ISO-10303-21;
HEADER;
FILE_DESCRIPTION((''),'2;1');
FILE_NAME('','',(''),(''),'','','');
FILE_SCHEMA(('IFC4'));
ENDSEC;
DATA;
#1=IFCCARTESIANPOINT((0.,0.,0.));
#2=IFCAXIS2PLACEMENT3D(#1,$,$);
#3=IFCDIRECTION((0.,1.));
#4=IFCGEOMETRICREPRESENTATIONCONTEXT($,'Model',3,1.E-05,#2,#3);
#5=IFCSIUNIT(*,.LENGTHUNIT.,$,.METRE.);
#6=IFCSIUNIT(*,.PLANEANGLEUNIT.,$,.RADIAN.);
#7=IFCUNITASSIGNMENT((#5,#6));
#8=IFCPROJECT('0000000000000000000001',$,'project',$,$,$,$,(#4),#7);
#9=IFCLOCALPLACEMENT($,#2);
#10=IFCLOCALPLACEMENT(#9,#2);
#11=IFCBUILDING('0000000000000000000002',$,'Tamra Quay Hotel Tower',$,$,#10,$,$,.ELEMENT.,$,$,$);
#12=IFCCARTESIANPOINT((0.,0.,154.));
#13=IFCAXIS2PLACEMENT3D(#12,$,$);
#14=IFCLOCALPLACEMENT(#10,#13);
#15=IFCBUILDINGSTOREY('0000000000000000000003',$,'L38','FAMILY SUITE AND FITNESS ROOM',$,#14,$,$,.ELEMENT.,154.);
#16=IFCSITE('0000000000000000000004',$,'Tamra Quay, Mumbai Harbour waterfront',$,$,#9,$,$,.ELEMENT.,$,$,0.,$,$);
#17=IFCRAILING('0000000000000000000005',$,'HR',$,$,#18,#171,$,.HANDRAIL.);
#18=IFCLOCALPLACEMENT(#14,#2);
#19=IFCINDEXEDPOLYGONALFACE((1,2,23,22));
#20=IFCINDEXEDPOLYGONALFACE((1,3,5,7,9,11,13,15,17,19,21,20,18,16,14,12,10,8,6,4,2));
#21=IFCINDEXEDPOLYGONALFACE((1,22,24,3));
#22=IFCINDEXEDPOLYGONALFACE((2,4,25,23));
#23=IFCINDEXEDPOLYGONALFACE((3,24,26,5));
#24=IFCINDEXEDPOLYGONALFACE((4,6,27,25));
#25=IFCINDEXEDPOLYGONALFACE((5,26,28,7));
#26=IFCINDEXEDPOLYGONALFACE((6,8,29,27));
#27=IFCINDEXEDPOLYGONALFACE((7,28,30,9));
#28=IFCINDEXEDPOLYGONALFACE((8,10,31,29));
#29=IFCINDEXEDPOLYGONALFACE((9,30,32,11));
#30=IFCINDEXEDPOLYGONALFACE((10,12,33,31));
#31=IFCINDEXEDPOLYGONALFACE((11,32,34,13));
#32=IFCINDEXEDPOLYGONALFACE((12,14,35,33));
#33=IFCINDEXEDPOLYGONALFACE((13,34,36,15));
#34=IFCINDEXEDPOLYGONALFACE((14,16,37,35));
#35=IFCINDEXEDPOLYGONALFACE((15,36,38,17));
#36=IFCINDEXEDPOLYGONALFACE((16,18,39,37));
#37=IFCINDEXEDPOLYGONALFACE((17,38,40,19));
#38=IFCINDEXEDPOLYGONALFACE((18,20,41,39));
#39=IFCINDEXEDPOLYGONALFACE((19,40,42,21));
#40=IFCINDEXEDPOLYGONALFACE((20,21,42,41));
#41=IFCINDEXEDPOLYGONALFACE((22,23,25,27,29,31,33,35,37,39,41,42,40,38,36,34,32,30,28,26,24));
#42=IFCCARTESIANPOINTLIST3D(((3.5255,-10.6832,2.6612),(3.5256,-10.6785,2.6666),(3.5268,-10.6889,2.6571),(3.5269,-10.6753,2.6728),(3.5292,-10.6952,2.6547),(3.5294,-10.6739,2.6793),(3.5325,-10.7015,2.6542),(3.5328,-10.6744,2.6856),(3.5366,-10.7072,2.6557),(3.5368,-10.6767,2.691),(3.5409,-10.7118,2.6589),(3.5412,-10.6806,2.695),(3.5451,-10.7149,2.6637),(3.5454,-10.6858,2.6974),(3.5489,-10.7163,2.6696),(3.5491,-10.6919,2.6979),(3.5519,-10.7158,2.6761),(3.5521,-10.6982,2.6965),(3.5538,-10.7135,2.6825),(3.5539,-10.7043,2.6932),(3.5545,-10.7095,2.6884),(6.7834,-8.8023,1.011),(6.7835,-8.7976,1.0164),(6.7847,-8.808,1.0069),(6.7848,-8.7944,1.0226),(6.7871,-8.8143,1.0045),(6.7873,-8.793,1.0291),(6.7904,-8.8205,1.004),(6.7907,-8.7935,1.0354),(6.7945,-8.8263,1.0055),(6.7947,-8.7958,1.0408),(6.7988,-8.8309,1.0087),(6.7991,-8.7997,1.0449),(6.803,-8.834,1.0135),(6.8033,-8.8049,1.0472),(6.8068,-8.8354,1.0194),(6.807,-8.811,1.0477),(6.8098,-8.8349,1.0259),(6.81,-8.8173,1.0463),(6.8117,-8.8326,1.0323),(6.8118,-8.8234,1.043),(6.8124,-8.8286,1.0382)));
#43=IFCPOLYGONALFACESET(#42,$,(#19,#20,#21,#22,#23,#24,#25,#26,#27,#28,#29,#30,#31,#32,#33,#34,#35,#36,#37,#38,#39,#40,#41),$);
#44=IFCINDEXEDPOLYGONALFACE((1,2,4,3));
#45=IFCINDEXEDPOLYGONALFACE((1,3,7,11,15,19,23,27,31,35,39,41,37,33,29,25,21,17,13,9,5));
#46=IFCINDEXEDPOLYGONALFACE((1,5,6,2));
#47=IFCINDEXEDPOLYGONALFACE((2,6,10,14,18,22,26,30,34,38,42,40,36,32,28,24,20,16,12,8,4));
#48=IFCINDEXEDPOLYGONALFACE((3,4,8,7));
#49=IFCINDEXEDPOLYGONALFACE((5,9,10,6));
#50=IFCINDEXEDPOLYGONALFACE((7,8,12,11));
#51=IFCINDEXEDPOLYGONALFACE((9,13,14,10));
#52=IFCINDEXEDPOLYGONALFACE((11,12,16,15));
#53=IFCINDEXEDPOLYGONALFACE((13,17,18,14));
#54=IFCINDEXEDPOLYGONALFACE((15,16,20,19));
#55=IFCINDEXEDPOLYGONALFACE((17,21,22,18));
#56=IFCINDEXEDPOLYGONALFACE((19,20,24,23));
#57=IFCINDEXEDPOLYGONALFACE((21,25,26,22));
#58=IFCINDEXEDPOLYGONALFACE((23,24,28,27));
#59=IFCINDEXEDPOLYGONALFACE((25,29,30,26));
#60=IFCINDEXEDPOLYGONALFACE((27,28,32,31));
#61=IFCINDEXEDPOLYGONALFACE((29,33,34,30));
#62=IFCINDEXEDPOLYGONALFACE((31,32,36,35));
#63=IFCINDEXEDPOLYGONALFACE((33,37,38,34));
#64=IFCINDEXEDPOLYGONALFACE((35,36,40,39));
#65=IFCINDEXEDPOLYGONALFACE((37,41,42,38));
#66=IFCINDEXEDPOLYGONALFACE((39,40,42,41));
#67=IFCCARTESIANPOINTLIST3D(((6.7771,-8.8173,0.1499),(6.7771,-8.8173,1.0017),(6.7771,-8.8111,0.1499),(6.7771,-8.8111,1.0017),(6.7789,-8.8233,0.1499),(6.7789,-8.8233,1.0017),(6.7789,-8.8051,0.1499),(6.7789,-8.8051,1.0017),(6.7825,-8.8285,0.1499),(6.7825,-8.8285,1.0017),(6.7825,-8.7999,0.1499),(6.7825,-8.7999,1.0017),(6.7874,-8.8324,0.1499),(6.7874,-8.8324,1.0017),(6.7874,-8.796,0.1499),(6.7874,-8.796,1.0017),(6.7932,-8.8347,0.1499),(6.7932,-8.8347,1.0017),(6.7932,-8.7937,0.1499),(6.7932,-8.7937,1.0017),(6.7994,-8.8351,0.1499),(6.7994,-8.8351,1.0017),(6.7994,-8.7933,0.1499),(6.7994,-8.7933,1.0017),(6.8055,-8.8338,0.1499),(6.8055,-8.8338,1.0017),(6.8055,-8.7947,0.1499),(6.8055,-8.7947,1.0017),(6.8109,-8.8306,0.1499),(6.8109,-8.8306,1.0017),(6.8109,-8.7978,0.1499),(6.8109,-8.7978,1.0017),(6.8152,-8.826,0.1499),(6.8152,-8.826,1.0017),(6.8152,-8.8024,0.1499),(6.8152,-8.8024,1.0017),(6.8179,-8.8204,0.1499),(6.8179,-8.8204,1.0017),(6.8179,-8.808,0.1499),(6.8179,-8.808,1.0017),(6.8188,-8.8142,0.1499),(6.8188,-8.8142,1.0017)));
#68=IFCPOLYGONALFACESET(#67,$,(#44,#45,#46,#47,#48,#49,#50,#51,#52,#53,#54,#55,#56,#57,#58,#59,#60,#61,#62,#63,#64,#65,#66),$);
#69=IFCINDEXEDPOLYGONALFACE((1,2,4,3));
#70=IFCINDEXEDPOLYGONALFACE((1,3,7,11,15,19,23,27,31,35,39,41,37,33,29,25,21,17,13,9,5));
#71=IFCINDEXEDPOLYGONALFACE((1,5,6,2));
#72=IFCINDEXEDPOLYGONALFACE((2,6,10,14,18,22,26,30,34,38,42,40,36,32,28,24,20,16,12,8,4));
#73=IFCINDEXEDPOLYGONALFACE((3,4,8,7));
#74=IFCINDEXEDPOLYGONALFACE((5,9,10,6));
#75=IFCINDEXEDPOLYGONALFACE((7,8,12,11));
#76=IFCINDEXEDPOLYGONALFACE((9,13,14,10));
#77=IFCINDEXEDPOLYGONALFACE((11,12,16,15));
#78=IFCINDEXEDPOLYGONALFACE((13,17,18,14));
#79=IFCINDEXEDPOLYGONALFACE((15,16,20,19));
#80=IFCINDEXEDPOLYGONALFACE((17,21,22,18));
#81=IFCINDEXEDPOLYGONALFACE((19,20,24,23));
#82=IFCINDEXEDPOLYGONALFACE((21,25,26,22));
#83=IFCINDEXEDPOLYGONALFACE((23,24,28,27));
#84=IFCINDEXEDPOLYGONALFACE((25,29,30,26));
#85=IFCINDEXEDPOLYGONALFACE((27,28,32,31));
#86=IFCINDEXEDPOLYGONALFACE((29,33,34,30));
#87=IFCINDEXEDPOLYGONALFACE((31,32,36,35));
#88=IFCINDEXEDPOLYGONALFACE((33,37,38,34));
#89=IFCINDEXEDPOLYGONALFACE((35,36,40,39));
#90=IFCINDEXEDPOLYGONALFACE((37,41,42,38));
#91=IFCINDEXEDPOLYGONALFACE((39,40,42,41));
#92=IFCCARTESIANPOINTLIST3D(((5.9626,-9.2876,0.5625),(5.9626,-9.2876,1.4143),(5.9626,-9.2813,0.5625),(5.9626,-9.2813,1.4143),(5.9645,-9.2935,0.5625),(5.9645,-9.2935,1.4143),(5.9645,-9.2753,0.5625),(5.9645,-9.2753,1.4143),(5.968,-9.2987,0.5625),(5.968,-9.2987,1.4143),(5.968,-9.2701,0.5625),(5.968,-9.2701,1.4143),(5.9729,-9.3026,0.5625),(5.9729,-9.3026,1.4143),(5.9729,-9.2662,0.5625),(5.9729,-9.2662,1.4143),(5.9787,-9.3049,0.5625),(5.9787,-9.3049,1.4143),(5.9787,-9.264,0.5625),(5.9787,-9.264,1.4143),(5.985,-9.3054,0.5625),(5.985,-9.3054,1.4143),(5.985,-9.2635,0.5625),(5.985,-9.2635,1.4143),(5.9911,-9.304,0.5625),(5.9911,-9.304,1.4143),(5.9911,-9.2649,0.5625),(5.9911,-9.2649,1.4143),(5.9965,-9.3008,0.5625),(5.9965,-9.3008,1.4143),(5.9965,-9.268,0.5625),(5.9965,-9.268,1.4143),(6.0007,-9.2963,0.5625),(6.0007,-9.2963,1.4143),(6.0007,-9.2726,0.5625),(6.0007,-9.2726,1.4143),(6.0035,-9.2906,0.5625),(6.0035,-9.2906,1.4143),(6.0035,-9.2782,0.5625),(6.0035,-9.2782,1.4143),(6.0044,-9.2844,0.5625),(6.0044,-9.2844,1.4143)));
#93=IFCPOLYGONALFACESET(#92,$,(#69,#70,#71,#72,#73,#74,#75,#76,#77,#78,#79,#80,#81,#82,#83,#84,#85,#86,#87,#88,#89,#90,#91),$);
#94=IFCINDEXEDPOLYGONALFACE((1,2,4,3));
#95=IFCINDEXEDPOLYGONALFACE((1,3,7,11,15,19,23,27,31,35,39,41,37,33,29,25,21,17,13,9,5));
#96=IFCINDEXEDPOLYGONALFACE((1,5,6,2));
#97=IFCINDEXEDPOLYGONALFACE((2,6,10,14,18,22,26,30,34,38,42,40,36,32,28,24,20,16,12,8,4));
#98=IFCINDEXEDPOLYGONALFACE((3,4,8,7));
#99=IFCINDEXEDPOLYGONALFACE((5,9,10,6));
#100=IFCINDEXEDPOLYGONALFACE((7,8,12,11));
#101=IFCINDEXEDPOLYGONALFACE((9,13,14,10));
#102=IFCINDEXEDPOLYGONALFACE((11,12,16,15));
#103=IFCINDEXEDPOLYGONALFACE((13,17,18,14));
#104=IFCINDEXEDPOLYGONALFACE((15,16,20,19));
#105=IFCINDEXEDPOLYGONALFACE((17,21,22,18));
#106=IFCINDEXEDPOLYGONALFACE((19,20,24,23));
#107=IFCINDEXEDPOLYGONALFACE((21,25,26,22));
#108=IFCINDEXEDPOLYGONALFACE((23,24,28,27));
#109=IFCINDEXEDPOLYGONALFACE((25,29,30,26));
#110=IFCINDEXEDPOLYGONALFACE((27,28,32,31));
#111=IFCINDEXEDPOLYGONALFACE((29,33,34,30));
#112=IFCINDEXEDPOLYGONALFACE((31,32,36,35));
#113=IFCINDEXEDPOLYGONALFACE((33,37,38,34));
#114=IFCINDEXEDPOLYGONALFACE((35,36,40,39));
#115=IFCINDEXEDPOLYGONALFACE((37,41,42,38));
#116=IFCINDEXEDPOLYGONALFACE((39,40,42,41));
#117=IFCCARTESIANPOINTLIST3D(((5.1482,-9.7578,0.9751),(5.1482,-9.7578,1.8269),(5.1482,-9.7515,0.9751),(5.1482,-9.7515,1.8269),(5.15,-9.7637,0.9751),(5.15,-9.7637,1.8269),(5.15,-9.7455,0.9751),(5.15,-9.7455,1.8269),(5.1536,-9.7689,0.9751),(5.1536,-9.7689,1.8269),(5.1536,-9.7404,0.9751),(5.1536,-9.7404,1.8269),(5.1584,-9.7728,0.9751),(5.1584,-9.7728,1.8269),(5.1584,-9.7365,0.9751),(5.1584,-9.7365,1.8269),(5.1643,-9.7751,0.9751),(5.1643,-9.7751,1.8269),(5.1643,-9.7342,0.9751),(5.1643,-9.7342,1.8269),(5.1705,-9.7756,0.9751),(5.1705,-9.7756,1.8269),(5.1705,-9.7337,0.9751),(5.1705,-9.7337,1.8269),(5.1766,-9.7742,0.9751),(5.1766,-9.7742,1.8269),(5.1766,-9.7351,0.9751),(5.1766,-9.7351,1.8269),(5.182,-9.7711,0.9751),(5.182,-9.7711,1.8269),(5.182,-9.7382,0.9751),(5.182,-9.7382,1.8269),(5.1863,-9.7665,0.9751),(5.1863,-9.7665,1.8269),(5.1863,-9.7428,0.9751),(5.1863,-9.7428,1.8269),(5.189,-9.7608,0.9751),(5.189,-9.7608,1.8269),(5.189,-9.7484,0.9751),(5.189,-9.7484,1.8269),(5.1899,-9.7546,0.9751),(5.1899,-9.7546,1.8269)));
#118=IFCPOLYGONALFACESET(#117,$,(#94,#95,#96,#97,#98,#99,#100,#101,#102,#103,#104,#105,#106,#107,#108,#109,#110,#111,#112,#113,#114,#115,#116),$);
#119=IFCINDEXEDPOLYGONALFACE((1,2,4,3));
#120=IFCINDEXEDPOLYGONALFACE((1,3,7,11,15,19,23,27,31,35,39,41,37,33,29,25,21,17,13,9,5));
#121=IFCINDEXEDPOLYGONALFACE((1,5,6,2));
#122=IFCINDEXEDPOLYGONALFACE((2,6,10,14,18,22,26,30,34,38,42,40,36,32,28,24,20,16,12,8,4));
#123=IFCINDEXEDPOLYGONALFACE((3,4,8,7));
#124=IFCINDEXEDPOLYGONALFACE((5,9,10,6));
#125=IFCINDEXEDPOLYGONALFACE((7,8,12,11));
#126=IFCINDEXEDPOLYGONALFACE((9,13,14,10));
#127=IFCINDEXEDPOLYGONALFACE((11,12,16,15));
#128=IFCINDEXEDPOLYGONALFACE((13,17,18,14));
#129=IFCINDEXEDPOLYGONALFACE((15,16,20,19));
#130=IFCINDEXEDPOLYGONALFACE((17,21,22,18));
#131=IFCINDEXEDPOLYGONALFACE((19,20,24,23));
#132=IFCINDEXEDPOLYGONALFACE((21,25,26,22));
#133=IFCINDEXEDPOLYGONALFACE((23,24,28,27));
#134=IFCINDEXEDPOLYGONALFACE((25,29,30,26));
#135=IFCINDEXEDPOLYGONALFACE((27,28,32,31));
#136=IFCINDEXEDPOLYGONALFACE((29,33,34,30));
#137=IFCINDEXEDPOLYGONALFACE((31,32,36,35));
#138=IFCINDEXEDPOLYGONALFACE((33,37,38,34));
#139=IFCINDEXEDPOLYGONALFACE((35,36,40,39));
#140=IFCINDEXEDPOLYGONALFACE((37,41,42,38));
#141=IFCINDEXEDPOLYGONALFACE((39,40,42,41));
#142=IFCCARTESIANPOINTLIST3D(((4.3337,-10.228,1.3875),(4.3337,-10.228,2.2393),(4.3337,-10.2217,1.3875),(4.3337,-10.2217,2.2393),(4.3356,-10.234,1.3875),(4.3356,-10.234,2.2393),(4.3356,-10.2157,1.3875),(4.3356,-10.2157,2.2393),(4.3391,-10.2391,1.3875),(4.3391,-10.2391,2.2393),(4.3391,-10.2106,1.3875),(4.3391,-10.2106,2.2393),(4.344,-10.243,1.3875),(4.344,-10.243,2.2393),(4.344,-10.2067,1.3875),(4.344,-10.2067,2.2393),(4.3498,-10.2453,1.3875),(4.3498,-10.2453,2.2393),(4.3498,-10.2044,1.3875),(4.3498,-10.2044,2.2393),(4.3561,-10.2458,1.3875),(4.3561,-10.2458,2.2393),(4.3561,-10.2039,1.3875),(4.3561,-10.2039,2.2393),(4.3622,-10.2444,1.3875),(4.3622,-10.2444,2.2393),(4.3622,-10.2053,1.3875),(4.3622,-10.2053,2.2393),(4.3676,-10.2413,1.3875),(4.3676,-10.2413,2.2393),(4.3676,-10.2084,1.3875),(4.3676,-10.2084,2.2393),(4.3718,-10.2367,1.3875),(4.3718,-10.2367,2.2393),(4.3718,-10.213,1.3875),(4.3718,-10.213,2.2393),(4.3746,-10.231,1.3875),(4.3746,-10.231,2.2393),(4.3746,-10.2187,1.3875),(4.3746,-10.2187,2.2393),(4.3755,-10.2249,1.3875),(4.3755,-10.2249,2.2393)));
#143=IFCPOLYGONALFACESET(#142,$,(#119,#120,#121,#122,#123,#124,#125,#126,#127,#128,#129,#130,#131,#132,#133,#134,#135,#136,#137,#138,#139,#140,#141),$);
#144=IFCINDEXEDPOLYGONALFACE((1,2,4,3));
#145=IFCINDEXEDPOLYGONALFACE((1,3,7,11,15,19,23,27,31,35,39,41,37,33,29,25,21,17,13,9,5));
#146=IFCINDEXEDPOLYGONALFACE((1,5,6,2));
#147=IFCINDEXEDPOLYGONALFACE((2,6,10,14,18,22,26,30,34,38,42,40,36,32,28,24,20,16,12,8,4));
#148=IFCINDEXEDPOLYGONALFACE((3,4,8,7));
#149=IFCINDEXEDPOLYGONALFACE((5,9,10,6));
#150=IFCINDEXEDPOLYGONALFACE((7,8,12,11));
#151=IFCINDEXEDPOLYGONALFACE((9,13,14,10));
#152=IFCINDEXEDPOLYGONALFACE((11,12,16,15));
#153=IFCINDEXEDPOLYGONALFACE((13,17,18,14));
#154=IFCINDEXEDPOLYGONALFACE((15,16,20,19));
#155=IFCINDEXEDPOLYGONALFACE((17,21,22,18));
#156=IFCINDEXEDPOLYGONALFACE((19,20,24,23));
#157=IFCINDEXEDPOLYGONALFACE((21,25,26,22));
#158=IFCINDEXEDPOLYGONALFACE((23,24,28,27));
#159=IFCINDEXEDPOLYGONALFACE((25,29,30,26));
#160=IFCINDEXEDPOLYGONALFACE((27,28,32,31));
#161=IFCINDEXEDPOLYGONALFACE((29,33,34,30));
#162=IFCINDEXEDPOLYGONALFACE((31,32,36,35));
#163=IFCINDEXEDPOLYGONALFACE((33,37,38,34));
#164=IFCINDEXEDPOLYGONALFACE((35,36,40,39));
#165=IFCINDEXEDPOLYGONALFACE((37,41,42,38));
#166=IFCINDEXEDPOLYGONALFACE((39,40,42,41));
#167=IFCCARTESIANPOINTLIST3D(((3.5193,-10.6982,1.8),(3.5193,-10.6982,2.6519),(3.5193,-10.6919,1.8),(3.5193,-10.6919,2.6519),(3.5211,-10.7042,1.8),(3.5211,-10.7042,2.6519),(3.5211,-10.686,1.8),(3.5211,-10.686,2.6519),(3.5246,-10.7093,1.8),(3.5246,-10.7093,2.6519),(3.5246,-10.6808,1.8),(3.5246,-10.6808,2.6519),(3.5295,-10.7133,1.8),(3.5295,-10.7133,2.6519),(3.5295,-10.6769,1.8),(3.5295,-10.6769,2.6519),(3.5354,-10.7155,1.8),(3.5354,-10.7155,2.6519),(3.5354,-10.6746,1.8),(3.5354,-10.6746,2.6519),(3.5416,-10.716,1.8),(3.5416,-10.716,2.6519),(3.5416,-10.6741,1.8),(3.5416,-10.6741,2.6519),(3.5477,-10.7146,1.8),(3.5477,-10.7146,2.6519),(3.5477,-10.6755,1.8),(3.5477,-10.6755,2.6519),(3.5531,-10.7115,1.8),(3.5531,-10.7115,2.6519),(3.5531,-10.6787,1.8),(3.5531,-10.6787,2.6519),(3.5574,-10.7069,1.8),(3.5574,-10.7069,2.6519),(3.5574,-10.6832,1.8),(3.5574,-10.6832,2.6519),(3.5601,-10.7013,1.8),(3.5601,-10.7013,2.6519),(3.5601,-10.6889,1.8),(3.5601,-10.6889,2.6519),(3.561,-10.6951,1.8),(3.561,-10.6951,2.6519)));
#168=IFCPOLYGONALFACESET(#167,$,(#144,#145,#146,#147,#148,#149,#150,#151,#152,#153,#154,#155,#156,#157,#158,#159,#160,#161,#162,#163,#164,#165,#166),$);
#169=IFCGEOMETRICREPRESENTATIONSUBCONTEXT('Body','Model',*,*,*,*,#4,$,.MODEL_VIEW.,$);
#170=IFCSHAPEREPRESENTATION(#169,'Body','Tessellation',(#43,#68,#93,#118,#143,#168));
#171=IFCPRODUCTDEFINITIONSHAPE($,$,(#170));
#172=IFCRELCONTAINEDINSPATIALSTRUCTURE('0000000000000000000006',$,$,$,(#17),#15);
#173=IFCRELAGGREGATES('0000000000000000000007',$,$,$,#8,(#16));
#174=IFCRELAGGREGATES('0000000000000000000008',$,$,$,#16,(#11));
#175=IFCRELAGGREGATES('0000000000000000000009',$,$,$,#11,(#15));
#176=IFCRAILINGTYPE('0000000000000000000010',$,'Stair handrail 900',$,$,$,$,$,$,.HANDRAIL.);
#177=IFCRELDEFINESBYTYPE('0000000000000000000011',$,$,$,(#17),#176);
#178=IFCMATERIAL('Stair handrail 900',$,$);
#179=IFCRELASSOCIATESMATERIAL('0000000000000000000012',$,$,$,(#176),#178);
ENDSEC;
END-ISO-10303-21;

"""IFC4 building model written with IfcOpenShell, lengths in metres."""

from ifc_helpers import new_model, si_unit, direction, frame, origin, origin_2d, place, context, subcontext, project, spatial, circle, extrude, material, type_object, element, save


model = new_model("IFC4")

# Units and contexts
model_context = context("Model", 3, precision=1e-05, world=origin(), true_north=direction((0.0, 1.0)))
body_context = subcontext(model_context, "Body", "Model", "MODEL_VIEW")
ifc_project = project(units=[si_unit("LENGTHUNIT", "METRE"), si_unit("PLANEANGLEUNIT", "RADIAN")], contexts=[model_context])

# Site, building, storey
site_placement = place(None, origin())
site = spatial("IfcSite", under=ifc_project, at=site_placement, Name="Tamra Quay, Mumbai Harbour waterfront", CompositionType="ELEMENT", RefElevation=0.0)
building_placement = place(site_placement, origin())
building = spatial("IfcBuilding", under=site, at=building_placement, Name="Tamra Quay Hotel Tower", CompositionType="ELEMENT")
storey_placement = place(building_placement, frame((0.0, 0.0, 154.0)))
storey = spatial("IfcBuildingStorey", under=building, at=storey_placement, Name="L38", Description="FAMILY SUITE AND FITNESS ROOM", CompositionType="ELEMENT", Elevation=154.0)

# Railing
ifc_material_1 = material(Name="Stair handrail 900")
railing_type_1 = type_object("IfcRailingType", Name="Stair handrail 900", PredefinedType="HANDRAIL", material=ifc_material_1)
railing_1_placement = place(storey_placement, frame((6.7979, -8.8142, 0.1499)))
element("IfcRailing", 1, at=railing_1_placement, inside=storey, type_object=railing_type_1, Name="HR", PredefinedType="HANDRAIL", context=body_context, shape_type="SweptSolid", body=[
    extrude(circle(Radius=0.0239, at=origin_2d()), frame((0.0, 0.0, 0.876), z_axis=(-0.793081, -0.457876, 0.401711), x_axis=(0.499992, -0.86603, 0.0)), (0.0, 0.0, 1.0), 4.1079),
    extrude(circle(Radius=0.021, at=origin_2d()), origin(), (0.0, 0.0, 1.0), 0.8518),
    extrude(circle(Radius=0.021, at=origin_2d()), frame((-0.8145, -0.4702, 0.4126)), (0.0, 0.0, 1.0), 0.8518),
    extrude(circle(Radius=0.021, at=origin_2d()), frame((-1.6289, -0.9404, 0.8252)), (0.0, 0.0, 1.0), 0.8518),
    extrude(circle(Radius=0.021, at=origin_2d()), frame((-2.4434, -1.4106, 1.2375)), (0.0, 0.0, 1.0), 0.8518),
    extrude(circle(Radius=0.021, at=origin_2d()), frame((-3.2578, -1.8809, 1.6501)), (0.0, 0.0, 1.0), 0.8518),
])

save(model, "model.ifc")
